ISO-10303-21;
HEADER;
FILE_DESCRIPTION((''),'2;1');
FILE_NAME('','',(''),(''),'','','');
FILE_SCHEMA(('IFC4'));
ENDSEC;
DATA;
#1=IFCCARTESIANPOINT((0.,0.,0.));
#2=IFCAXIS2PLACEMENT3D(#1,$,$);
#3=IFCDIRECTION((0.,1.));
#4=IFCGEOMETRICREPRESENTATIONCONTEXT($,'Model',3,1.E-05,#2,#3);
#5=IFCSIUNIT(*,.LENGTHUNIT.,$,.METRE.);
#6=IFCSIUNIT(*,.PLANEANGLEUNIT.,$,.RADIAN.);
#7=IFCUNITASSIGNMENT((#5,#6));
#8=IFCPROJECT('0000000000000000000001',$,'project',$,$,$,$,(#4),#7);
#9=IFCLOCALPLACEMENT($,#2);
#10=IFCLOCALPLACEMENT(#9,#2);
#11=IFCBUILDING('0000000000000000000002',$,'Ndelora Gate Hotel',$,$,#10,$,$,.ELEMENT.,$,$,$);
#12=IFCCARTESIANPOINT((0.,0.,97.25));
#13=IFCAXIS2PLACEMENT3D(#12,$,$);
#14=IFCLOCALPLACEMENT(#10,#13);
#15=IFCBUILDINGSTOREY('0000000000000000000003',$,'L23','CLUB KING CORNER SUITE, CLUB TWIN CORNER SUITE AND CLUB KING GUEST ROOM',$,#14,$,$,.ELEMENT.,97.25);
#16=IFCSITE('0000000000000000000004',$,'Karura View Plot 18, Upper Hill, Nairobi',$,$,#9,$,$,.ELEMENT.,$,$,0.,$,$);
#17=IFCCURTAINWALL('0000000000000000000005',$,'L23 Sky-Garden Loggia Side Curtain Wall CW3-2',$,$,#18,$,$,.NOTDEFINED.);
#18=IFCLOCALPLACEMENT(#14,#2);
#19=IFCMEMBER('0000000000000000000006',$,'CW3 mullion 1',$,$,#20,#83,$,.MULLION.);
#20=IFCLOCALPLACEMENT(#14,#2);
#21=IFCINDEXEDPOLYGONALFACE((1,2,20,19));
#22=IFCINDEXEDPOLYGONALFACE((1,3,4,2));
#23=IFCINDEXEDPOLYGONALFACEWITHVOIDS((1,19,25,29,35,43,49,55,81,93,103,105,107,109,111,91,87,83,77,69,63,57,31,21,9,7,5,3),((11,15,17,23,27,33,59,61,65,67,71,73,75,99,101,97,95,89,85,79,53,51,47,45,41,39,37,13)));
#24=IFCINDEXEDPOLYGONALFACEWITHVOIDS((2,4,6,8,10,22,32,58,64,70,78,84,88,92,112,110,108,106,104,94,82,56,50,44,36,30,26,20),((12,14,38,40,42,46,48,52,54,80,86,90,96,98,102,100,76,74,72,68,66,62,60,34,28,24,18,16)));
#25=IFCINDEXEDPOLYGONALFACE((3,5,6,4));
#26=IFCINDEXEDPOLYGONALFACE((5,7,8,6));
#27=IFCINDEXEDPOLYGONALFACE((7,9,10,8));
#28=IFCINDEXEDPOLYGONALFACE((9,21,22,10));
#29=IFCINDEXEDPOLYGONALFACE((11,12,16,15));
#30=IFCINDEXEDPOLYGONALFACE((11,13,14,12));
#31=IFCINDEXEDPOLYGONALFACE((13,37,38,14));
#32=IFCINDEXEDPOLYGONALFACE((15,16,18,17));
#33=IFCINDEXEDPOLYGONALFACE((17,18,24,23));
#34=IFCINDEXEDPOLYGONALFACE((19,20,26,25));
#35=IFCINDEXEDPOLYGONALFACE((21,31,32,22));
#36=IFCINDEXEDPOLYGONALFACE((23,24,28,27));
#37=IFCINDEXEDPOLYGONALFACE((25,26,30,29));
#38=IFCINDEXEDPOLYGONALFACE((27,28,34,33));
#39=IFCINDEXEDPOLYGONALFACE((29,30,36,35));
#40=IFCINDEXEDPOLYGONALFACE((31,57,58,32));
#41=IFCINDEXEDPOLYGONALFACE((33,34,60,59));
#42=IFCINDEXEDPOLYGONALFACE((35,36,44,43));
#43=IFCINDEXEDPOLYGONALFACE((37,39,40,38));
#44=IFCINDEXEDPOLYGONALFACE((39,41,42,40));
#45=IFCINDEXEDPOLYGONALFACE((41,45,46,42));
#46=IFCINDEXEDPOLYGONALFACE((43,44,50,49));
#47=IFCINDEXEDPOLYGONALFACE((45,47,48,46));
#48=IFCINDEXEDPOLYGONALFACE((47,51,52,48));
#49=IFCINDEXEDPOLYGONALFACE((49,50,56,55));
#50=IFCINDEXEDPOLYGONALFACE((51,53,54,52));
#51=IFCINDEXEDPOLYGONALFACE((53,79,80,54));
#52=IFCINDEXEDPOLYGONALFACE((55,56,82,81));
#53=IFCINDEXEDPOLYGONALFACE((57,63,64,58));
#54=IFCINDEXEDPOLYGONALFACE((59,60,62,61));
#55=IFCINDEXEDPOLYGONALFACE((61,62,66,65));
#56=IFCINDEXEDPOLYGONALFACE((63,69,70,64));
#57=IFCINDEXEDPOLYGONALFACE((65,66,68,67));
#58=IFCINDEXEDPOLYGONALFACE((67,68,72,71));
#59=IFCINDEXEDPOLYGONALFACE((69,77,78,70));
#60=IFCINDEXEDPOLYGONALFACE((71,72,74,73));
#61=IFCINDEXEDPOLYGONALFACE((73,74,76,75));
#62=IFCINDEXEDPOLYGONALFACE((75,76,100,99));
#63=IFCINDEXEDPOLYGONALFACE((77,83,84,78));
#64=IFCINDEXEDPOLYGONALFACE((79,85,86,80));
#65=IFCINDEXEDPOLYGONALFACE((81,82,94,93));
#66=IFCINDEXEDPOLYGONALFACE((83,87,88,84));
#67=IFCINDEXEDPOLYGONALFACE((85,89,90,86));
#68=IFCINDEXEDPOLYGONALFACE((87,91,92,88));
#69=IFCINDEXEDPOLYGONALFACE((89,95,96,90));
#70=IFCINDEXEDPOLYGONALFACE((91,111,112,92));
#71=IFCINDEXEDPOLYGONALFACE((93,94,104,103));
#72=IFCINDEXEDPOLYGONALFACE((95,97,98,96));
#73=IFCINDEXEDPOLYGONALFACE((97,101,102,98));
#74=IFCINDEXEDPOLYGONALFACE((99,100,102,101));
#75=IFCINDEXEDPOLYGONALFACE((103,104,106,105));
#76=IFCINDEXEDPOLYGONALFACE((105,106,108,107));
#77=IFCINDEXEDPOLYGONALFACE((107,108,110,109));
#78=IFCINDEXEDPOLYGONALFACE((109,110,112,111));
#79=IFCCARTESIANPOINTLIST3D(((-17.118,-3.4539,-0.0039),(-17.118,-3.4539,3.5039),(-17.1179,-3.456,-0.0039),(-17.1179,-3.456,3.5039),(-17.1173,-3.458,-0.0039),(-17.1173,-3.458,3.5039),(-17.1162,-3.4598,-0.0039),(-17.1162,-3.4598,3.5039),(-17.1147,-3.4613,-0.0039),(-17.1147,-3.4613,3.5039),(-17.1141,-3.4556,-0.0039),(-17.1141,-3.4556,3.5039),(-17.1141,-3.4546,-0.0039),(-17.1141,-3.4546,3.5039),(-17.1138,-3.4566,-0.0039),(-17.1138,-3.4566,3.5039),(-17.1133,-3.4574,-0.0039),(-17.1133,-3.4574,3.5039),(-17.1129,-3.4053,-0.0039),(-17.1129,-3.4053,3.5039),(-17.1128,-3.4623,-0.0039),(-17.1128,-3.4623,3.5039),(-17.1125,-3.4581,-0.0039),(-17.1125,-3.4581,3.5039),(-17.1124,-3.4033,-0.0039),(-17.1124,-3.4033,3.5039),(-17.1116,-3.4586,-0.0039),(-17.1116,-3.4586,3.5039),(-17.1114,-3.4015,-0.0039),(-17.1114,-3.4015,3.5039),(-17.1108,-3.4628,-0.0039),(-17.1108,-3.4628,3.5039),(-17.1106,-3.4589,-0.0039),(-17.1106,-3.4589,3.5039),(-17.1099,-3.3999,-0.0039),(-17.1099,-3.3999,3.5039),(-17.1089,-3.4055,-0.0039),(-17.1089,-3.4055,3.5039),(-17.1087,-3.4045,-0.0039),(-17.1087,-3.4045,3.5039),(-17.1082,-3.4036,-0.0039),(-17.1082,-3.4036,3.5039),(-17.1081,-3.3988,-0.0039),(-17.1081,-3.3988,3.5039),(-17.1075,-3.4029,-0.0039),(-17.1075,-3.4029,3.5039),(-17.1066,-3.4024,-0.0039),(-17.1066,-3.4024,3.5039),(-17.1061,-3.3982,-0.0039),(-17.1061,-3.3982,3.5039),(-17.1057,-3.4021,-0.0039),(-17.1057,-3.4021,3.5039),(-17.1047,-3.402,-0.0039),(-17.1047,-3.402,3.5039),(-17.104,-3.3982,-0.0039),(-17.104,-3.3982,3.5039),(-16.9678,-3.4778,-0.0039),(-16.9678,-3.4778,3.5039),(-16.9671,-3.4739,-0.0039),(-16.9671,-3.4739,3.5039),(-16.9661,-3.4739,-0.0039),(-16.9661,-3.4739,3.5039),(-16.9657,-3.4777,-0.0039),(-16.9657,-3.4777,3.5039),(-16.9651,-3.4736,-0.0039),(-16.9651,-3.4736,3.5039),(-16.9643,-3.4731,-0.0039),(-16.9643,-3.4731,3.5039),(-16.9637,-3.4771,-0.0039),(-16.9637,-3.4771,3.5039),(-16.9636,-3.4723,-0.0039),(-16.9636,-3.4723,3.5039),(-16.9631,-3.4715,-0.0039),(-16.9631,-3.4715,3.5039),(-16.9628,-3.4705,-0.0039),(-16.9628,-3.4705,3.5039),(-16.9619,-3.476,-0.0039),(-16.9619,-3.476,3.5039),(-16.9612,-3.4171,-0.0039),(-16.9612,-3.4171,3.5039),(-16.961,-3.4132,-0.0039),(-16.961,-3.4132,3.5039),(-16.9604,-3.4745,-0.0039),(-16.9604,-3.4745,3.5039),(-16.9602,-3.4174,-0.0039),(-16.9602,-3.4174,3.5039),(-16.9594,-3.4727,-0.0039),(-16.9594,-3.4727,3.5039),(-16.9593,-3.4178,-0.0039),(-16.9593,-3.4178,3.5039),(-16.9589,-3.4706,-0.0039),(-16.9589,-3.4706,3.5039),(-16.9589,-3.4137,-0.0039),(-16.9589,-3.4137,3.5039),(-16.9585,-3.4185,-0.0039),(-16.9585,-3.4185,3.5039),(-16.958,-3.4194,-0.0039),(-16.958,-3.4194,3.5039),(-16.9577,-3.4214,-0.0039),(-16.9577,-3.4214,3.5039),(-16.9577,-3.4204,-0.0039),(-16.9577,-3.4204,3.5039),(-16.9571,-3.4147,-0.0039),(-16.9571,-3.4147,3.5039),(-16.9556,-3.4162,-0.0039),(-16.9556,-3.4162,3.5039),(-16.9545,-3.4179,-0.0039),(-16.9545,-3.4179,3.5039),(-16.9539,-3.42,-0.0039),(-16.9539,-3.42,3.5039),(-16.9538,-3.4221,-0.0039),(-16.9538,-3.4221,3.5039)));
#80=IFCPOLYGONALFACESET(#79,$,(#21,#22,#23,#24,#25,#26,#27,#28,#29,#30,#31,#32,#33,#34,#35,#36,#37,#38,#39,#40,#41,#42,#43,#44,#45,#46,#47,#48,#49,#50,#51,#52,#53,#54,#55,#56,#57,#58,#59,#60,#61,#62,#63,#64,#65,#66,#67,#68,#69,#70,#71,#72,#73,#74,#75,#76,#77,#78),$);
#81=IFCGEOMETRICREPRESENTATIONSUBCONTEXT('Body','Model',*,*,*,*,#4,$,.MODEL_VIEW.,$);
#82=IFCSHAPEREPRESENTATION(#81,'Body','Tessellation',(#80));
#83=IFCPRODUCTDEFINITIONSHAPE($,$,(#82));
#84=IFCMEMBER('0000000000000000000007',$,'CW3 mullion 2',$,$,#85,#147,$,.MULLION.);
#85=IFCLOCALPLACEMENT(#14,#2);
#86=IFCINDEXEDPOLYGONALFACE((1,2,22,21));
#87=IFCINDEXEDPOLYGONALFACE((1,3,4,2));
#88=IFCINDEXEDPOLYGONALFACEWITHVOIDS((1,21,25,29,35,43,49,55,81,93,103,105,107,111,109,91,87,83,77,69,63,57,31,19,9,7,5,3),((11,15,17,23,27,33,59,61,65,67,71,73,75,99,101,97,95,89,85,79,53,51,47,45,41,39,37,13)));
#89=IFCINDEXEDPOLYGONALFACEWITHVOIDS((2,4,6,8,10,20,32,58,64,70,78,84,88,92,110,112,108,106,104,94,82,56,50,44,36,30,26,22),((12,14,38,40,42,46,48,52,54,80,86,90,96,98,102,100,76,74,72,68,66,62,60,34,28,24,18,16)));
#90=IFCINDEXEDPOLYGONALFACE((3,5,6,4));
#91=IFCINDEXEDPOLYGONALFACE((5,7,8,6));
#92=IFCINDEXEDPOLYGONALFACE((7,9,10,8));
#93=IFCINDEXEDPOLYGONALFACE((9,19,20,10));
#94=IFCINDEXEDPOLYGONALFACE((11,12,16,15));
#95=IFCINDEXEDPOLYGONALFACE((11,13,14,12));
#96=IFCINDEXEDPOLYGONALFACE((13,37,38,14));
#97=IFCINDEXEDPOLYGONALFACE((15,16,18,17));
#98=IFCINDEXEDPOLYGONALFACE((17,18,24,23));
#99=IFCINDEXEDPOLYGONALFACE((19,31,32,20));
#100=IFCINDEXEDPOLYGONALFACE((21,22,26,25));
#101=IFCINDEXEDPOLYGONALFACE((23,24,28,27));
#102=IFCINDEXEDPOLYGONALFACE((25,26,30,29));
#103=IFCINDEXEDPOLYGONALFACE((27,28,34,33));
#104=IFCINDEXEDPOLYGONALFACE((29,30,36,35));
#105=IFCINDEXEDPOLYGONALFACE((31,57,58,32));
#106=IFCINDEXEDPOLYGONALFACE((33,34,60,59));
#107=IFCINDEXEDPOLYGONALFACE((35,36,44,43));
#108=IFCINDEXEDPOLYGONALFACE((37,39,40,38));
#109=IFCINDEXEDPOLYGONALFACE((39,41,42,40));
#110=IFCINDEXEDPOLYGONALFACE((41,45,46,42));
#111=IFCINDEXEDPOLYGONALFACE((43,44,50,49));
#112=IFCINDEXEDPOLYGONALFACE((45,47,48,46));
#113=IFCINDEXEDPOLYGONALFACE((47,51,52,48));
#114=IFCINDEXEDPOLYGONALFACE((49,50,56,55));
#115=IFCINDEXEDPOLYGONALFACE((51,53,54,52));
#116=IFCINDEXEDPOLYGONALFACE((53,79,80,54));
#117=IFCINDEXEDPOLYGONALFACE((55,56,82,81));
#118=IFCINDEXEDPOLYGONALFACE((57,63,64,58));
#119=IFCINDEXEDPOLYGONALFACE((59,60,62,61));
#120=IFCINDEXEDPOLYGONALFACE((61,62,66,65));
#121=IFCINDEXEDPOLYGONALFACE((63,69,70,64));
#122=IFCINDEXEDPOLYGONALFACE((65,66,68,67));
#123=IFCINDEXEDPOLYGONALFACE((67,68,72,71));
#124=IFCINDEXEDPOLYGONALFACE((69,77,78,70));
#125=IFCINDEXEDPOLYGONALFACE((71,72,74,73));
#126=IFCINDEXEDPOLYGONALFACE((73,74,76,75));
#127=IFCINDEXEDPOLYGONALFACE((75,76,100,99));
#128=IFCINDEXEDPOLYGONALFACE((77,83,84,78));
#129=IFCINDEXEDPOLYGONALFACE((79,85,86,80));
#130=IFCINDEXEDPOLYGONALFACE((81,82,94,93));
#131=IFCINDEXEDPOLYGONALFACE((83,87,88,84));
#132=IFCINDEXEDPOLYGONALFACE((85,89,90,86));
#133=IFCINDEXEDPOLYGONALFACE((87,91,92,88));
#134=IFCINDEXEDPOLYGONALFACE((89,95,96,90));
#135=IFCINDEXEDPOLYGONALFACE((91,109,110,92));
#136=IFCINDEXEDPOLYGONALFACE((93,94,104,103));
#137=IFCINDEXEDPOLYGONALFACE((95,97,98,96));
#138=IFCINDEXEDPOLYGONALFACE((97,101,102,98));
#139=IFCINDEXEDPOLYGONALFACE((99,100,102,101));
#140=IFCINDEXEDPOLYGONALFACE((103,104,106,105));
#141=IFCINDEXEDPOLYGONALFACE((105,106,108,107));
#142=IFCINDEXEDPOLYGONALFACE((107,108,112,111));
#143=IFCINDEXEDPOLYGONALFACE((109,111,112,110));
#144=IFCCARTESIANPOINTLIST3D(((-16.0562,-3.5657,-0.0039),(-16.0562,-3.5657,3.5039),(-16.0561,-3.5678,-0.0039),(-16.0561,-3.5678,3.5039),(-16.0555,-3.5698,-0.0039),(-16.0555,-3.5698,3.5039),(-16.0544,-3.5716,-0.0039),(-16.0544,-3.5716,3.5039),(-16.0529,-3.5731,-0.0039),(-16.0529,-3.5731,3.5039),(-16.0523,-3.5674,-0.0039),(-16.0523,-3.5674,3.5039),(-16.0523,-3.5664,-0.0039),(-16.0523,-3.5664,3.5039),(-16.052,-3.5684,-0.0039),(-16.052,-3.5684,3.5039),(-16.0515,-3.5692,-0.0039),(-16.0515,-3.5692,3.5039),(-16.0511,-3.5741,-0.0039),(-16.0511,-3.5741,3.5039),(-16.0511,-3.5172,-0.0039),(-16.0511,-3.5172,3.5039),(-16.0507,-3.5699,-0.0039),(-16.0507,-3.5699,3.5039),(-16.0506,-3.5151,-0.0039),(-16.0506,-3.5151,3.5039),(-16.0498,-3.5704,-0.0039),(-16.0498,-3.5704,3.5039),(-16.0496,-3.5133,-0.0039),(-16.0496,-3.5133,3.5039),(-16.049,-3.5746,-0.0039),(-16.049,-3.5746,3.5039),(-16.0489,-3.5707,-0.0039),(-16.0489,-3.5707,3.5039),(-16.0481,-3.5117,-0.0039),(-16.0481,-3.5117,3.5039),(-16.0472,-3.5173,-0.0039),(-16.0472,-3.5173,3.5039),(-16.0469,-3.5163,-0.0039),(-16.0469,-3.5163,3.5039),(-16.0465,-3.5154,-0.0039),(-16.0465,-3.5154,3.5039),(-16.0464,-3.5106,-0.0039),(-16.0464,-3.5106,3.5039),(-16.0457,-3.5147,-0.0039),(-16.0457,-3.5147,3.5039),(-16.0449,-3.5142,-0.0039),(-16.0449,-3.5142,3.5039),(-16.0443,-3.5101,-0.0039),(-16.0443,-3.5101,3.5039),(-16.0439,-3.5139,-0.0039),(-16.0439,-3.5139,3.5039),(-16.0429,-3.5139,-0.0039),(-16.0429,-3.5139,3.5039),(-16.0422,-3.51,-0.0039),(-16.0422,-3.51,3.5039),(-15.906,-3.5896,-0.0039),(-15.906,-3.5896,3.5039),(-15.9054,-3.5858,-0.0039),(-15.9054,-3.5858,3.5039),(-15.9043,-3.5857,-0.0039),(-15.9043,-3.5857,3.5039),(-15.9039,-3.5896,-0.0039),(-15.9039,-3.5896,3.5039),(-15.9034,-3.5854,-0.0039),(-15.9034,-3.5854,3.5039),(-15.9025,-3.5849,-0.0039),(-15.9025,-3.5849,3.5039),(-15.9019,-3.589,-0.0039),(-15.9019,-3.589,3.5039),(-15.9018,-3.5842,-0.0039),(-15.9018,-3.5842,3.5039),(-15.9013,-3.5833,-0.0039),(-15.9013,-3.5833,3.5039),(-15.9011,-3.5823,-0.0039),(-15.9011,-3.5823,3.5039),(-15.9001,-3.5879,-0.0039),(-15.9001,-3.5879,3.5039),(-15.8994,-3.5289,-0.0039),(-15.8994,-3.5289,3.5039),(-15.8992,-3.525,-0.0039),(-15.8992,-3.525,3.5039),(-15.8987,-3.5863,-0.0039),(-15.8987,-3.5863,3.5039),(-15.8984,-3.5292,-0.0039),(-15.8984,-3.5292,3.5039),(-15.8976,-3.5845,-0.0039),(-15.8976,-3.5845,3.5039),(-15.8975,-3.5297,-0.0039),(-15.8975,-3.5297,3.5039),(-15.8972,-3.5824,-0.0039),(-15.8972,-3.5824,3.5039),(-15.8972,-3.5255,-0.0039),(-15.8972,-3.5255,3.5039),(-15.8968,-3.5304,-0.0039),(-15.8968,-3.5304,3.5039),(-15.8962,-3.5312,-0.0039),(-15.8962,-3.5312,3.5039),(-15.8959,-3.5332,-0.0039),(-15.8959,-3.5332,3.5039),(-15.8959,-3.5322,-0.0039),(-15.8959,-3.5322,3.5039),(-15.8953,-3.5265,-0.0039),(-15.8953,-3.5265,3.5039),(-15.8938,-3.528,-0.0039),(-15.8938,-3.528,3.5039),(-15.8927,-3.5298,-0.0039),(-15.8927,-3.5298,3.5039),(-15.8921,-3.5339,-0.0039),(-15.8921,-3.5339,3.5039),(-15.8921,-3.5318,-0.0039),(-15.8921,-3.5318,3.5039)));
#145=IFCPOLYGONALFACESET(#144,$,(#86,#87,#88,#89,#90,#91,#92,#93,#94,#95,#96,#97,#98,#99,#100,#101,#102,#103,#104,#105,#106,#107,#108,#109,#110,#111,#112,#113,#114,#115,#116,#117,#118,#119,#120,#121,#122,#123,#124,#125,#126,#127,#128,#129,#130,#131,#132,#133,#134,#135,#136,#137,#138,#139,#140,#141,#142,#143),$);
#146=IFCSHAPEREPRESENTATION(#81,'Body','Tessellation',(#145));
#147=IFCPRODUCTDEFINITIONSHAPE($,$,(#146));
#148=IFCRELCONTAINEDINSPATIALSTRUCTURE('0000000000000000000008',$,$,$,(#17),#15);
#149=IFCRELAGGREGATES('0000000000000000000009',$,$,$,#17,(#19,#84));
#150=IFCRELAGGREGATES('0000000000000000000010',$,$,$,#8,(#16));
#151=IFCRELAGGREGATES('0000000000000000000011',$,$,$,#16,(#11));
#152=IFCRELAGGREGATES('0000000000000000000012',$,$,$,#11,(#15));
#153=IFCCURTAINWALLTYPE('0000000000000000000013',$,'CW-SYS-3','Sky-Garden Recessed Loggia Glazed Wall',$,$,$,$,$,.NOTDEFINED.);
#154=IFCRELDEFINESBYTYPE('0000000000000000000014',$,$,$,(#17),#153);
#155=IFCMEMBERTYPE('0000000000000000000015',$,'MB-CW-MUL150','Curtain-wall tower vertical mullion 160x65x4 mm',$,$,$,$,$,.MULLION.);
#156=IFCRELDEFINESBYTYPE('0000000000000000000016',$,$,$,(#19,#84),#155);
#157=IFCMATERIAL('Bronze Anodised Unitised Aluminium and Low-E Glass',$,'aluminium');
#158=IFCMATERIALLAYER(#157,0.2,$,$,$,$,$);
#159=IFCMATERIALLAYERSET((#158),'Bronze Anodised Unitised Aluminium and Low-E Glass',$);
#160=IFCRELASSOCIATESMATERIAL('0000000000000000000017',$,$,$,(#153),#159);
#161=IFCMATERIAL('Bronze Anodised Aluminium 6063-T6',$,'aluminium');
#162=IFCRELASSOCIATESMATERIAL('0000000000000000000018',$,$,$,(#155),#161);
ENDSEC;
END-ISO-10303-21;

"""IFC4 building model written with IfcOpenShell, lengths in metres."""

from ifc_helpers import new_model, si_unit, direction, frame, origin, origin_2d, place, context, subcontext, project, spatial, hollow_rectangle, extrude, material, layer, layer_set, material_profile, profile_set, type_object, element, aggregate, save


model = new_model("IFC4")

# Units and contexts
model_context = context("Model", 3, precision=1e-05, world=origin(), true_north=direction((0.0, 1.0)))
body_context = subcontext(model_context, "Body", "Model", "MODEL_VIEW")
ifc_project = project(units=[si_unit("LENGTHUNIT", "METRE"), si_unit("PLANEANGLEUNIT", "RADIAN")], contexts=[model_context])

# Site, building, storey
site_placement = place(None, origin())
site = spatial("IfcSite", under=ifc_project, at=site_placement, Name="Karura View Plot 18, Upper Hill, Nairobi", CompositionType="ELEMENT", RefElevation=0.0)
building_placement = place(site_placement, origin())
building = spatial("IfcBuilding", under=site, at=building_placement, Name="Ndelora Gate Hotel", CompositionType="ELEMENT")
storey_placement = place(building_placement, frame((0.0, 0.0, 97.25)))
storey = spatial("IfcBuildingStorey", under=building, at=storey_placement, Name="L23", Description="CLUB KING CORNER SUITE, CLUB TWIN CORNER SUITE AND CLUB KING GUEST ROOM", CompositionType="ELEMENT", Elevation=97.25)

# Curtain wall, members
ifc_material_1 = material(Name="Bronze Anodised Unitised Aluminium and Low-E Glass", Category="aluminium")
ifc_layer_1 = layer(ifc_material_1, 0.2)
ifc_layer_set_1 = layer_set([ifc_layer_1], Name="Bronze Anodised Unitised Aluminium and Low-E Glass")
curtain_wall_type = type_object("IfcCurtainWallType", Name="CW-SYS-3", Description="Sky-Garden Recessed Loggia Glazed Wall", PredefinedType="NOTDEFINED", material=ifc_layer_set_1)
curtain_wall_placement = place(storey_placement, origin())
curtain_wall = element("IfcCurtainWall", 1, at=curtain_wall_placement, inside=storey, type_object=curtain_wall_type, Name="L23 Sky-Garden Loggia Side Curtain Wall CW3-2", PredefinedType="NOTDEFINED")
ifc_material_2 = material(Name="Bronze Anodised Aluminium 6063-T6", Category="aluminium")
ifc_material_profile_1 = material_profile(ifc_material_2, hollow_rectangle(XDim=0.0649, YDim=0.1599, WallThickness=0.0039, InnerFilletRadius=0.0039, OuterFilletRadius=0.0081, at=origin_2d()), Name="ALU 160x65x4")
ifc_profile_set_1 = profile_set([ifc_material_profile_1], Name="Bronze Anodised Aluminium 6063-T6")
member_type_1 = type_object("IfcMemberType", Name="MB-CW-MUL150", Description="Curtain-wall tower vertical mullion 160x65x4 mm", PredefinedType="MULLION", material=ifc_profile_set_1)
member_1_placement = place(storey_placement, frame((-17.0359, -3.438, -0.0039), z_axis=(0.0, 0.0, 1.0), x_axis=(0.104548, 0.99452, 0.0)))
member_1 = element("IfcMember", 2, at=member_1_placement, type_object=member_type_1, Name="CW3 mullion 1", PredefinedType="MULLION", context=body_context, shape_type="SweptSolid", body=[
    extrude(hollow_rectangle(XDim=0.0649, YDim=0.1599, WallThickness=0.0039, InnerFilletRadius=0.0039, OuterFilletRadius=0.0081, at=origin_2d()), origin(), (0.0, 0.0, 1.0), 3.5078),
])
member_2_placement = place(storey_placement, frame((-15.9741, -3.5498, -0.0039), z_axis=(0.0, 0.0, 1.0), x_axis=(0.104548, 0.99452, 0.0)))
member_2 = element("IfcMember", 3, at=member_2_placement, type_object=member_type_1, Name="CW3 mullion 2", PredefinedType="MULLION", context=body_context, shape_type="SweptSolid", body=[
    extrude(hollow_rectangle(XDim=0.0649, YDim=0.1599, WallThickness=0.0039, InnerFilletRadius=0.0039, OuterFilletRadius=0.0081, at=origin_2d()), origin(), (0.0, 0.0, 1.0), 3.5078),
])
aggregate(curtain_wall, [member_1, member_2])

save(model, "model.ifc")
